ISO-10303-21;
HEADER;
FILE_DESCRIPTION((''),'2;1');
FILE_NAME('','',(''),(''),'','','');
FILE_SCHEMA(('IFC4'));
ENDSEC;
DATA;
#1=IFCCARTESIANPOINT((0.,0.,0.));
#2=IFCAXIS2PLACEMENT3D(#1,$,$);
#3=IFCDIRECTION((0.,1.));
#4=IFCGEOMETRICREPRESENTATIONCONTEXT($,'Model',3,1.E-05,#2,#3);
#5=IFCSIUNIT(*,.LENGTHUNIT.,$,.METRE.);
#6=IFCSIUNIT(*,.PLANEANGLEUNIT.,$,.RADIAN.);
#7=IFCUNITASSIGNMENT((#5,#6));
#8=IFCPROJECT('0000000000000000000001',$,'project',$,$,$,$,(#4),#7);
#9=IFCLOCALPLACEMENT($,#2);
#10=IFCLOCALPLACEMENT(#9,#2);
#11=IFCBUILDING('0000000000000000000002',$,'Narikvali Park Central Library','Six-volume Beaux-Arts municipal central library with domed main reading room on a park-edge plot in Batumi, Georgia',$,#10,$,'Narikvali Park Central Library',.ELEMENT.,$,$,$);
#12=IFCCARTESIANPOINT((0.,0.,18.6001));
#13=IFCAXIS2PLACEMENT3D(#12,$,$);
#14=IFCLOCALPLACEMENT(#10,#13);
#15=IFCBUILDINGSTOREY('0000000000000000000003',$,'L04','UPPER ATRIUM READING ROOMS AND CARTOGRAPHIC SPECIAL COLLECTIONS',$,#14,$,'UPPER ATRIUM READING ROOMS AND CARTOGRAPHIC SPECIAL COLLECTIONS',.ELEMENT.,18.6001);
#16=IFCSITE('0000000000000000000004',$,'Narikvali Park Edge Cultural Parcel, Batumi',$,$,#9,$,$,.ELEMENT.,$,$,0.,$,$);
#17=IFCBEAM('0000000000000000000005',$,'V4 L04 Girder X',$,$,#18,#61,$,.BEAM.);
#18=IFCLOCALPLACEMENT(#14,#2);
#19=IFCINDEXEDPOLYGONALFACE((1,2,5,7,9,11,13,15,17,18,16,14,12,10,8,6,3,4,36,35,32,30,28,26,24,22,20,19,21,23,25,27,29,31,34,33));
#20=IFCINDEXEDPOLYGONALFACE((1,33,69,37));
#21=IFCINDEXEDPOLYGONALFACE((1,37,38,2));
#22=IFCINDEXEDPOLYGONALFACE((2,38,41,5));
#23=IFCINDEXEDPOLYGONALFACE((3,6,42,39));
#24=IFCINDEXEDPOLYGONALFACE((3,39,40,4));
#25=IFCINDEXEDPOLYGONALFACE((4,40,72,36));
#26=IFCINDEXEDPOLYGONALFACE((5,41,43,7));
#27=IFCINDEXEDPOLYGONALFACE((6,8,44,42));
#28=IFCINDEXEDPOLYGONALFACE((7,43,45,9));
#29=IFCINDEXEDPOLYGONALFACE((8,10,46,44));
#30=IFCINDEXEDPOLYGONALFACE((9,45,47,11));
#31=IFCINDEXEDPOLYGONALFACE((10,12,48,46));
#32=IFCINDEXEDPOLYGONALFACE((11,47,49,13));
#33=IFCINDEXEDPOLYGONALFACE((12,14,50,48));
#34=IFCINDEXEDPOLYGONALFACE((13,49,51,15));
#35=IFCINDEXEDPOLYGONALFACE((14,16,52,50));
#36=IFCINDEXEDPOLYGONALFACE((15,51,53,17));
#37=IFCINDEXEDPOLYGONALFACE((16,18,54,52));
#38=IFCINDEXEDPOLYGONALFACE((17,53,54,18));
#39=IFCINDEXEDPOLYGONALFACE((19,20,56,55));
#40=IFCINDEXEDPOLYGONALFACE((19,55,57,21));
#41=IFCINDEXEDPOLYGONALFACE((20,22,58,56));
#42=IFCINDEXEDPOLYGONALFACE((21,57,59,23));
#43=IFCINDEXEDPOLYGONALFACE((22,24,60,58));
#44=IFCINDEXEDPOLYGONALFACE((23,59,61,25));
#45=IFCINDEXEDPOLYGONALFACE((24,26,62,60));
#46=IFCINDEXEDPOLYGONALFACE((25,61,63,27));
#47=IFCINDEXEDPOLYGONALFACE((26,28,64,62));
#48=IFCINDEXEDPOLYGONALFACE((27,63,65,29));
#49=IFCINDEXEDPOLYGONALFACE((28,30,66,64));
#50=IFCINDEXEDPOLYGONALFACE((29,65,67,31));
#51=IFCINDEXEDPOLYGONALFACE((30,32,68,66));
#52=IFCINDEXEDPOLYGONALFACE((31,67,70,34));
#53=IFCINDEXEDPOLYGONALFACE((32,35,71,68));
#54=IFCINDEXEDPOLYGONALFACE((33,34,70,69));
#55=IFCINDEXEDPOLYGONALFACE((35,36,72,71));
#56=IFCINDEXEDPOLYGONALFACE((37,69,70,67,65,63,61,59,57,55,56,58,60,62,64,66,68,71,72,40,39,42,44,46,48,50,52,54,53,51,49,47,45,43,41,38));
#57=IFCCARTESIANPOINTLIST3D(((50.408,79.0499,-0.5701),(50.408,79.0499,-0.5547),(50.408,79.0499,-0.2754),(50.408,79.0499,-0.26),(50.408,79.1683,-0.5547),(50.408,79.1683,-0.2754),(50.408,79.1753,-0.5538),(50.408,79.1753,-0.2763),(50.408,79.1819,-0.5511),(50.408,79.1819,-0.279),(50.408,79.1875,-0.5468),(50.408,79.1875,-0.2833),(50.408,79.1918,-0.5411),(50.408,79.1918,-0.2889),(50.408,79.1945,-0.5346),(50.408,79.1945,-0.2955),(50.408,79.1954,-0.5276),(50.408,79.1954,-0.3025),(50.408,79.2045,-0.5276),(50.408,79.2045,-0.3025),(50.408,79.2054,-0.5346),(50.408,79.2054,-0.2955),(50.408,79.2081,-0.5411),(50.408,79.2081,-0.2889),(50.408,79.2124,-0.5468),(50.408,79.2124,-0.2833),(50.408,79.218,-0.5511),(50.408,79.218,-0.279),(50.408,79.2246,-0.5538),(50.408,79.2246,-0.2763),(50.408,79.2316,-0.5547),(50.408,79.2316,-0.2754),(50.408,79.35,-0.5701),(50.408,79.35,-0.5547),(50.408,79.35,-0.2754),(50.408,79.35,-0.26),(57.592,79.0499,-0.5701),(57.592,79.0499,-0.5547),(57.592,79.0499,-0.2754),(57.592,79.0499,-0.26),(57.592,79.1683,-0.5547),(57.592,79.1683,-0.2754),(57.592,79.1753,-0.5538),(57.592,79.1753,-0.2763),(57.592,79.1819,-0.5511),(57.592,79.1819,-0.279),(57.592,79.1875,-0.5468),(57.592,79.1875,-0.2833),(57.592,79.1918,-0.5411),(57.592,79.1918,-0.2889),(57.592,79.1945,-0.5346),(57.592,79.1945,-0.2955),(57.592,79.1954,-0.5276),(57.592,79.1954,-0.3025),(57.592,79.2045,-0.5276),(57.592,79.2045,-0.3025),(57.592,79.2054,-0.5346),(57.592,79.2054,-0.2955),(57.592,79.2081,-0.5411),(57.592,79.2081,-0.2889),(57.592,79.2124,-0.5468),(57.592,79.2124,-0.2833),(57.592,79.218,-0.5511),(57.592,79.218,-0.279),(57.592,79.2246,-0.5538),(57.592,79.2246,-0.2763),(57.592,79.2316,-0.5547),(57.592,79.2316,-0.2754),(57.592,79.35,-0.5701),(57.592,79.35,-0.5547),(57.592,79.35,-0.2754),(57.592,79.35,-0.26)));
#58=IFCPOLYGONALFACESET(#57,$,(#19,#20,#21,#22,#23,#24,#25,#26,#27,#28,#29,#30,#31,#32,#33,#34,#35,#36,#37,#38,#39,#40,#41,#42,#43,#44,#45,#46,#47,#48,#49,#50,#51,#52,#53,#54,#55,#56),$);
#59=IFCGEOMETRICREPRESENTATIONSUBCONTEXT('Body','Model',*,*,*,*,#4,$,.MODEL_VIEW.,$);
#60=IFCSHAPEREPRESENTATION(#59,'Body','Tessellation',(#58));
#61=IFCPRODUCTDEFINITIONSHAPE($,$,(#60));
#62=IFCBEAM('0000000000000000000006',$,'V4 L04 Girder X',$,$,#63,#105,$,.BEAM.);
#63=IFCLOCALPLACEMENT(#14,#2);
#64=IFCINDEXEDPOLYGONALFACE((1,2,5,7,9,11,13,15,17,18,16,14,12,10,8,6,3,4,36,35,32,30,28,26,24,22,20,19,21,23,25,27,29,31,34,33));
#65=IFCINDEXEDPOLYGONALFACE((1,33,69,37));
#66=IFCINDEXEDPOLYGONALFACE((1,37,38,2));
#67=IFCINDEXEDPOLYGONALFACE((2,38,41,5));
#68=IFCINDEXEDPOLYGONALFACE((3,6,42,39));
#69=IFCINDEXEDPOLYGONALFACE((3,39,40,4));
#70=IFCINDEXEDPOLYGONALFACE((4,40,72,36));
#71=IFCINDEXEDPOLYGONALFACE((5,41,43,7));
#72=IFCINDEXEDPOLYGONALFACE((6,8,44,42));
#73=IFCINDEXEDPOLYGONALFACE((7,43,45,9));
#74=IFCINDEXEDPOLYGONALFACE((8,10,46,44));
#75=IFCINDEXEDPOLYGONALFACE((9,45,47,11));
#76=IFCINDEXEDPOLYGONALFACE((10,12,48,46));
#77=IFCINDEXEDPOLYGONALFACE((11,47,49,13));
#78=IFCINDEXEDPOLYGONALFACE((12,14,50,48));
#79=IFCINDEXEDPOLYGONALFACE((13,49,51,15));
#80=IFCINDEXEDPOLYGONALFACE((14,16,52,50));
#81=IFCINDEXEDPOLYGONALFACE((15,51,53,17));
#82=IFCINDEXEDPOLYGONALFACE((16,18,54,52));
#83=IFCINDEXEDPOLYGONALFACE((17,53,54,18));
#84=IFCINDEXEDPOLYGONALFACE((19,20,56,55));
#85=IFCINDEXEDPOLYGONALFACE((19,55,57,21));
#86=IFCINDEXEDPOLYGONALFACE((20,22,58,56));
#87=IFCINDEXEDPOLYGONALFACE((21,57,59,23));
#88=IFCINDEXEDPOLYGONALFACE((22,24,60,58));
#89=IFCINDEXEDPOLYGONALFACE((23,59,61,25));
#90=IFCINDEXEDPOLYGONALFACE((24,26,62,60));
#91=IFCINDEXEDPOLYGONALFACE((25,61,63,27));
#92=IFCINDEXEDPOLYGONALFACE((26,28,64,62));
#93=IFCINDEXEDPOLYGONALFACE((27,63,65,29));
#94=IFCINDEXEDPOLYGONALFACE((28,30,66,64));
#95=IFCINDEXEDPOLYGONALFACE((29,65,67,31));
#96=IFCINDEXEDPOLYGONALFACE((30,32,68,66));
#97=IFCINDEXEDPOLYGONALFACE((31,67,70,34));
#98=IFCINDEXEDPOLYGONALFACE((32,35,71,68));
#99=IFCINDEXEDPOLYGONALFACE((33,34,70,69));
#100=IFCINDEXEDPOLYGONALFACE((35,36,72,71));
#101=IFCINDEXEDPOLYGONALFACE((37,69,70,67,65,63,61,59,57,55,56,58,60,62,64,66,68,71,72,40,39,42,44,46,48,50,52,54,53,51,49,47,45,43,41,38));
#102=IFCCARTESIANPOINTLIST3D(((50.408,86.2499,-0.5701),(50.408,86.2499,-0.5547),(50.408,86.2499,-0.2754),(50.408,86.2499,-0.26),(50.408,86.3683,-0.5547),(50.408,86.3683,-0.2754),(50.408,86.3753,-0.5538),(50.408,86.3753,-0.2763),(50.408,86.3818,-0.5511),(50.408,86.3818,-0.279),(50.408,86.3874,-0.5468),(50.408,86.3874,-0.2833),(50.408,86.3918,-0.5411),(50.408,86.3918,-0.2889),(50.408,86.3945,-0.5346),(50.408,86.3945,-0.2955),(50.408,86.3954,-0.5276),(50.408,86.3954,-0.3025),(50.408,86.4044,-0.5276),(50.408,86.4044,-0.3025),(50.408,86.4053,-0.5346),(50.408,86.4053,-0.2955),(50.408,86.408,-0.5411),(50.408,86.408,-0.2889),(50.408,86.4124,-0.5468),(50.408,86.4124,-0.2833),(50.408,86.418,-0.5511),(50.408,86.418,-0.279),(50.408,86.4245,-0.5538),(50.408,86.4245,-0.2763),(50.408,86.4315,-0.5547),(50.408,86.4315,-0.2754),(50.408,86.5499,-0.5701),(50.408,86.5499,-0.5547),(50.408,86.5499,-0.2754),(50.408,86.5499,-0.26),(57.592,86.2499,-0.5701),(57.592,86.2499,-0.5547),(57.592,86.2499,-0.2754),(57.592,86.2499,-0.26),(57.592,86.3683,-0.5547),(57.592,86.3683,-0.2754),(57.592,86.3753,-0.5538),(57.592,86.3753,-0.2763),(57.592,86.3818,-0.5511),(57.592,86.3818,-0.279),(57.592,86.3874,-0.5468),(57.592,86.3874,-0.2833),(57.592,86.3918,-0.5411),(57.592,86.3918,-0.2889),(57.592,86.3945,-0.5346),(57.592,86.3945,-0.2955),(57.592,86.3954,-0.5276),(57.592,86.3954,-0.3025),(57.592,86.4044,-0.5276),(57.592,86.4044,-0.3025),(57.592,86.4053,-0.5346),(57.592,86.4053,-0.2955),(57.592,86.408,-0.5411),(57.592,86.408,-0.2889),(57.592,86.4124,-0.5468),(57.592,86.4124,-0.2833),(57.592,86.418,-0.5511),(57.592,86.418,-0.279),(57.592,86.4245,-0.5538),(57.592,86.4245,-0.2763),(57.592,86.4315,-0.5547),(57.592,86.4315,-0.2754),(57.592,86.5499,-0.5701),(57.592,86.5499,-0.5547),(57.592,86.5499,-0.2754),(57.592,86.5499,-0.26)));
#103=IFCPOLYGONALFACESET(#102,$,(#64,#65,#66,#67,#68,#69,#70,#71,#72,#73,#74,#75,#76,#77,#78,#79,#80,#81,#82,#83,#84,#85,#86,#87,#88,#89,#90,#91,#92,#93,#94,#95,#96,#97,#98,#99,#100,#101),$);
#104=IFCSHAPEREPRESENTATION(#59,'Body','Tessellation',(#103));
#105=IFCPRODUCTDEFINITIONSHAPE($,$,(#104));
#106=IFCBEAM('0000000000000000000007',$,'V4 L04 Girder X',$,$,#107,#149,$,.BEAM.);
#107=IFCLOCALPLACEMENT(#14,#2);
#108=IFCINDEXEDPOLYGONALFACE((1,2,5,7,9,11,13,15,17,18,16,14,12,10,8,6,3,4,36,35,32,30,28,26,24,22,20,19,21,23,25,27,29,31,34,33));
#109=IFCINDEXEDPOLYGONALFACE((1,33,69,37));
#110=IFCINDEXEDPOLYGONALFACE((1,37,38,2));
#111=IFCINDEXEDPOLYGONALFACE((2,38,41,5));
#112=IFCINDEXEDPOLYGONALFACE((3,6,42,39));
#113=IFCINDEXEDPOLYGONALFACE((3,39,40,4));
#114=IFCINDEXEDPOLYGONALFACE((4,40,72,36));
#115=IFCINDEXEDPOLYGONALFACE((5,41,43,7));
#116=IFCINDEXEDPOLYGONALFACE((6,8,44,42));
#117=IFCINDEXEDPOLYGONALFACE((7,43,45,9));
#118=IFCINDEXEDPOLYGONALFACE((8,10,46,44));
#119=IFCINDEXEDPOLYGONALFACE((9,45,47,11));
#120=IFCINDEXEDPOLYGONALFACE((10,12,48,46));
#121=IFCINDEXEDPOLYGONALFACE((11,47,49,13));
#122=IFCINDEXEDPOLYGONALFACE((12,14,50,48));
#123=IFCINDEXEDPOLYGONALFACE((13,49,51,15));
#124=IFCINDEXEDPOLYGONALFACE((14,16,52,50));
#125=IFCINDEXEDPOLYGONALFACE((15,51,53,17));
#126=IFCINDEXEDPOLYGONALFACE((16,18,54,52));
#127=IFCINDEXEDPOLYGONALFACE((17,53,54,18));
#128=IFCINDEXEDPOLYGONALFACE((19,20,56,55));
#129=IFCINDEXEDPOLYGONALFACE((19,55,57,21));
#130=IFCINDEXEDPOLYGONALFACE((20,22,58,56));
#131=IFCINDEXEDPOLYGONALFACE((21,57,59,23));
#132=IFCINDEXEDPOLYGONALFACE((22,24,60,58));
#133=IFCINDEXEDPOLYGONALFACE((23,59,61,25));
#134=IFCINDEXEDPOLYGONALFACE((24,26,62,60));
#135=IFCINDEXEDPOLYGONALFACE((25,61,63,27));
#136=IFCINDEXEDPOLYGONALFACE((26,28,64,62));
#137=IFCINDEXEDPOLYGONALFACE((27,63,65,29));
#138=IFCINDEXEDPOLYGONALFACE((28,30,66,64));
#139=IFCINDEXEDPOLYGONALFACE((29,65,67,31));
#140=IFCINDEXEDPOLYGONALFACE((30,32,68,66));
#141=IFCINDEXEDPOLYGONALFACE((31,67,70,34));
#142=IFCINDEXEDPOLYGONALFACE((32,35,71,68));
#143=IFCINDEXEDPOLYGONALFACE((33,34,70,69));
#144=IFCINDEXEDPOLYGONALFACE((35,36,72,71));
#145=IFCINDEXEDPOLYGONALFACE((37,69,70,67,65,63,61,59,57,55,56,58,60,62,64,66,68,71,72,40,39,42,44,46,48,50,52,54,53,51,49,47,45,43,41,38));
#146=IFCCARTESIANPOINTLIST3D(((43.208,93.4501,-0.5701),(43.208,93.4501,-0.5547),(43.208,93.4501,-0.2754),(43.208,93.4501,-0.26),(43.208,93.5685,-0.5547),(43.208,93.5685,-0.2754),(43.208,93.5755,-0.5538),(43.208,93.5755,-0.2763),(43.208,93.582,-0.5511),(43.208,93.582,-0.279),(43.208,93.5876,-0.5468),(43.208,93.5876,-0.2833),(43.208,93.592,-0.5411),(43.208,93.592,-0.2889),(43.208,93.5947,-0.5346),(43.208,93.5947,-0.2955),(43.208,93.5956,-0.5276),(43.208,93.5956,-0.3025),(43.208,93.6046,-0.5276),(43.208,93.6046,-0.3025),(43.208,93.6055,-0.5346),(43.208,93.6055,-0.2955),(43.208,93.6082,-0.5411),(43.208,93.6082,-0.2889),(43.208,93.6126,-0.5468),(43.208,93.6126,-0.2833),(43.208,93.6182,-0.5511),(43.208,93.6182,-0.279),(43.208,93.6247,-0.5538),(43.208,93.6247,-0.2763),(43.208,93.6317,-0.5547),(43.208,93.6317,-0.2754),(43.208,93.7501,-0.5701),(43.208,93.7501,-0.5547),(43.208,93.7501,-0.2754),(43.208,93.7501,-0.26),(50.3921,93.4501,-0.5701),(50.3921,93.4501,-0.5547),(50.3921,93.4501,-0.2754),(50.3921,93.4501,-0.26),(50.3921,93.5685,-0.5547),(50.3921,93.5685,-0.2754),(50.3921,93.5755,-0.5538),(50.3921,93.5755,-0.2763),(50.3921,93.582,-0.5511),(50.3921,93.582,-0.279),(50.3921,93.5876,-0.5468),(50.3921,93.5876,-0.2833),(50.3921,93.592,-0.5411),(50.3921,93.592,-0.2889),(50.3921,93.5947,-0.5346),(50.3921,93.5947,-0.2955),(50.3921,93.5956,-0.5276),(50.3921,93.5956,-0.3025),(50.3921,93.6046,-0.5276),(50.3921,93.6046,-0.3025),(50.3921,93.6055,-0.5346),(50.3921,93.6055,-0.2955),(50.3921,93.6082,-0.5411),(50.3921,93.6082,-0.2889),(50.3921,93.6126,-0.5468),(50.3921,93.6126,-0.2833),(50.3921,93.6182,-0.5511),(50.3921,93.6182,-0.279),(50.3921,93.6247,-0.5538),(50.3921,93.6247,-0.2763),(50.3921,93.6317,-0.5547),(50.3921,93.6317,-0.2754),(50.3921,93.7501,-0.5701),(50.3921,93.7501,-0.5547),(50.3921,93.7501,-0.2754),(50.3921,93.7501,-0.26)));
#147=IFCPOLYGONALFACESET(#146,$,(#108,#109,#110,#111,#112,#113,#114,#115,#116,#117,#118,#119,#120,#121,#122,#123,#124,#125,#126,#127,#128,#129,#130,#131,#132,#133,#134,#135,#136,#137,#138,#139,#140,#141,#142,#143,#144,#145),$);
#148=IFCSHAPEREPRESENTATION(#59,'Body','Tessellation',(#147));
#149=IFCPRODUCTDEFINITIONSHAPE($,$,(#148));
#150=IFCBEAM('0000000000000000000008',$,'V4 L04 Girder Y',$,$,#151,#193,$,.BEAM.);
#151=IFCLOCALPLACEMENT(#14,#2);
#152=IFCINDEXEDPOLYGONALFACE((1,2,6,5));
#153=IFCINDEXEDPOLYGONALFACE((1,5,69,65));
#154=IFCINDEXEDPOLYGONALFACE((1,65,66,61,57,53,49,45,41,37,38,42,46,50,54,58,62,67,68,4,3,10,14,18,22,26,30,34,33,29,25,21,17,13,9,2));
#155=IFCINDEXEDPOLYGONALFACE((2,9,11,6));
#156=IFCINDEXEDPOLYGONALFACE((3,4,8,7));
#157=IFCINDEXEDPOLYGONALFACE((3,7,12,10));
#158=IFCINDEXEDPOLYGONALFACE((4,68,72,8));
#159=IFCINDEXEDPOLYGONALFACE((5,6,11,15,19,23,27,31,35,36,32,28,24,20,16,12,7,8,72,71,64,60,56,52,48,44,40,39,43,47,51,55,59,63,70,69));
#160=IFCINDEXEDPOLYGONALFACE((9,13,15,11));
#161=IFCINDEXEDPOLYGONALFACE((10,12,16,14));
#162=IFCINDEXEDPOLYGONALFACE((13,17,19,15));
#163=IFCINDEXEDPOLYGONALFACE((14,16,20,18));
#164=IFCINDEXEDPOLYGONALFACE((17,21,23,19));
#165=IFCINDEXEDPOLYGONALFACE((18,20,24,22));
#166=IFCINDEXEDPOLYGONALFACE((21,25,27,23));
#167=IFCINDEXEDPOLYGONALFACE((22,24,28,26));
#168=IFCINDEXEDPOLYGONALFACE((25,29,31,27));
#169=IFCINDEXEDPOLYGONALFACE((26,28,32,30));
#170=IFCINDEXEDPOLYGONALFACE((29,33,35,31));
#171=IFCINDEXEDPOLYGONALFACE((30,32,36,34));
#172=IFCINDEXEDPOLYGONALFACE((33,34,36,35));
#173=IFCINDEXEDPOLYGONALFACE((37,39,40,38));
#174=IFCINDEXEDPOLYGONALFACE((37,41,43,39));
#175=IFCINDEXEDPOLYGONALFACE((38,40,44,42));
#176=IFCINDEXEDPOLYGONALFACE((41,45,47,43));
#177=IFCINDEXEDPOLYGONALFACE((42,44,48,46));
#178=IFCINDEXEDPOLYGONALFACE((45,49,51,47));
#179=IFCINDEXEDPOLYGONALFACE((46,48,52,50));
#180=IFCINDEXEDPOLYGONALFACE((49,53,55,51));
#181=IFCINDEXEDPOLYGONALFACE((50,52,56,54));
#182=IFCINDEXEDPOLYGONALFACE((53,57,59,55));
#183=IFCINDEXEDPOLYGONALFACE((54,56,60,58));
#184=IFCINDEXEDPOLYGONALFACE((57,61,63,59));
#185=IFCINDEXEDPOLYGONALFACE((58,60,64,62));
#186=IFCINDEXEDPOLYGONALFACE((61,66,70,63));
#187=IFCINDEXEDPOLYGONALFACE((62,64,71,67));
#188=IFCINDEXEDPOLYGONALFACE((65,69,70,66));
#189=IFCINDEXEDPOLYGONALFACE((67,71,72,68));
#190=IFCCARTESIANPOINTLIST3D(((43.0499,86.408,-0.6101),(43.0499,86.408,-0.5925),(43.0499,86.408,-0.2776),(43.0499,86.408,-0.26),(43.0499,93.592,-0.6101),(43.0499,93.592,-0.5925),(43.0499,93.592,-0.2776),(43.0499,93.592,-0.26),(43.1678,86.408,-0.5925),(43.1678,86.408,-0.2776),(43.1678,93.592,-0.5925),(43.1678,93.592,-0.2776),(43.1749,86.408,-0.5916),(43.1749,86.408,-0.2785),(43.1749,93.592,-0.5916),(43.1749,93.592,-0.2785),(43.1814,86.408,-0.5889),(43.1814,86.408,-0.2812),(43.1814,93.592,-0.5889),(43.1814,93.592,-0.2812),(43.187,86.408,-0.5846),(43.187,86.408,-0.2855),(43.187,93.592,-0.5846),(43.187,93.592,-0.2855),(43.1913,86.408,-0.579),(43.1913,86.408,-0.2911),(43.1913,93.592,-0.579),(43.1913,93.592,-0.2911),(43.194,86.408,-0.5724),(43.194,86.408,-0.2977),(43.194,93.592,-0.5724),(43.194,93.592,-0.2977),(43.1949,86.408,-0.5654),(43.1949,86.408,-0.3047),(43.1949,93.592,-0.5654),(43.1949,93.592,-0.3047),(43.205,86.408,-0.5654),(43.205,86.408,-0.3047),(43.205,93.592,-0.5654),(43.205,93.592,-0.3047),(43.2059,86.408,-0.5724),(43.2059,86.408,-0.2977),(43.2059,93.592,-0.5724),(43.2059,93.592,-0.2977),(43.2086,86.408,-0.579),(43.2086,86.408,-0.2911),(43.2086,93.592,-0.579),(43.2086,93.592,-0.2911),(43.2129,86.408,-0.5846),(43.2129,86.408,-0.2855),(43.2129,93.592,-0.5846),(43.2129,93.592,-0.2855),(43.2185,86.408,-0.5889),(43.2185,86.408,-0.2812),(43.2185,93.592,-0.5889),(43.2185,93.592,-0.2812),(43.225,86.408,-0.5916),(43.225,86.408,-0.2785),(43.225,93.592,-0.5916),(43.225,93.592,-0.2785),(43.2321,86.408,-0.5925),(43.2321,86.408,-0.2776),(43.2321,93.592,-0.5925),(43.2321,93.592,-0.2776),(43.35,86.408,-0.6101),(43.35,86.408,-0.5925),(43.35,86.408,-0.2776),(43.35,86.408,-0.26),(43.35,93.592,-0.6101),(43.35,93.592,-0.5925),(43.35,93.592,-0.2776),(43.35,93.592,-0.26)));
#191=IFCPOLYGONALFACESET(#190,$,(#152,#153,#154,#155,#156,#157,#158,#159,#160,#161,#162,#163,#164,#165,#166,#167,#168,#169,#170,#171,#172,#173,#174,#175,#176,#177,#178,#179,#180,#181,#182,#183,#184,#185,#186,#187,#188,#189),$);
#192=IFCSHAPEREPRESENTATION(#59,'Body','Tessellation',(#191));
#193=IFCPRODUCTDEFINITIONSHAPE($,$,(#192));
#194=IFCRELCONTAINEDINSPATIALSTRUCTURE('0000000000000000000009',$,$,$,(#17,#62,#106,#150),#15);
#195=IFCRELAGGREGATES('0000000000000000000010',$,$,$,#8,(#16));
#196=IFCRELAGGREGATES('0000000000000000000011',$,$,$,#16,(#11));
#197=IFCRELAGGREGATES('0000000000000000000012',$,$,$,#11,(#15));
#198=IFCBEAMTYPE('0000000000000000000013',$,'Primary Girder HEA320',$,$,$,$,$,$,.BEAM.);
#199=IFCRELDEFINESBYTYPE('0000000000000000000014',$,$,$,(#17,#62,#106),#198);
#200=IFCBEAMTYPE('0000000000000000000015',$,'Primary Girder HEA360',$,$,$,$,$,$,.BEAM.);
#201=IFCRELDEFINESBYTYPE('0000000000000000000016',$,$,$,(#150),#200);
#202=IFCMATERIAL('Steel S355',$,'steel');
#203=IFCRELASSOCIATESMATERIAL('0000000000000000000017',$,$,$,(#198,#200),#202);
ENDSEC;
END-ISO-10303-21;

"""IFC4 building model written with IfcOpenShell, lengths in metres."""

from ifc_helpers import new_model, si_unit, direction, frame, origin, origin_2d, place, context, subcontext, project, spatial, i_section, extrude, material, material_profile, profile_set, type_object, element, save


model = new_model("IFC4")

# Units and contexts
model_context = context("Model", 3, precision=1e-05, world=origin(), true_north=direction((0.0, 1.0)))
body_context = subcontext(model_context, "Body", "Model", "MODEL_VIEW")
ifc_project = project(units=[si_unit("LENGTHUNIT", "METRE"), si_unit("PLANEANGLEUNIT", "RADIAN")], contexts=[model_context])

# Site, building, storey
site_placement = place(None, origin())
site = spatial("IfcSite", under=ifc_project, at=site_placement, Name="Narikvali Park Edge Cultural Parcel, Batumi", CompositionType="ELEMENT", RefElevation=0.0)
building_placement = place(site_placement, origin())
building = spatial("IfcBuilding", under=site, at=building_placement, Name="Narikvali Park Central Library", Description="Six-volume Beaux-Arts municipal central library with domed main reading room on a park-edge plot in Batumi, Georgia", LongName="Narikvali Park Central Library", CompositionType="ELEMENT")
storey_placement = place(building_placement, frame((0.0, 0.0, 18.6001)))
storey = spatial("IfcBuildingStorey", under=building, at=storey_placement, Name="L04", Description="UPPER ATRIUM READING ROOMS AND CARTOGRAPHIC SPECIAL COLLECTIONS", LongName="UPPER ATRIUM READING ROOMS AND CARTOGRAPHIC SPECIAL COLLECTIONS", CompositionType="ELEMENT", Elevation=18.6001)

# Shared definitions
ifc_material_1 = material(Name="Steel S355", Category="steel")

# Beams
ifc_material_profile_1 = material_profile(ifc_material_1, i_section(OverallWidth=0.3, OverallDepth=0.3101, WebThickness=0.009, FlangeThickness=0.0154, FilletRadius=0.0271, at=origin_2d()), Name="HEA 320")
ifc_profile_set_1 = profile_set([ifc_material_profile_1], Name="Steel S355")
beam_type_1 = type_object("IfcBeamType", Name="Primary Girder HEA320", PredefinedType="BEAM", material=ifc_profile_set_1)
for number, where, z_axis, x_axis, name in (
    (1, (50.408, 79.2, -0.415), (1.0, 0.0, 0.0), (0.0, 1.0, 0.0), "V4 L04 Girder X"),
    (2, (50.408, 86.3999, -0.415), (1.0, 0.0, 0.0), (0.0, 1.0, 0.0), "V4 L04 Girder X"),
    (3, (43.208, 93.6001, -0.415), (1.0, 0.0, 0.0), (0.0, 1.0, 0.0), "V4 L04 Girder X"),
):
    element("IfcBeam", number, at=place(storey_placement, frame(where, z_axis=z_axis, x_axis=x_axis)), inside=storey, type_object=beam_type_1, Name=name, PredefinedType="BEAM", context=body_context, shape_type="SweptSolid", body=[
        extrude(i_section(OverallWidth=0.3, OverallDepth=0.3101, WebThickness=0.009, FlangeThickness=0.0154, FilletRadius=0.0271, at=origin_2d()), origin(), (0.0, 0.0, 1.0), 7.1841),
    ])
ifc_material_profile_2 = material_profile(ifc_material_1, i_section(OverallWidth=0.3, OverallDepth=0.3501, WebThickness=0.01, FlangeThickness=0.0176, FilletRadius=0.0271, at=origin_2d()), Name="HEA 360")
ifc_profile_set_2 = profile_set([ifc_material_profile_2], Name="Steel S355")
beam_type_2 = type_object("IfcBeamType", Name="Primary Girder HEA360", PredefinedType="BEAM", material=ifc_profile_set_2)
for number, where, z_axis, x_axis, name in (
    (4, (43.2, 86.408, -0.4351), (0.0, 1.0, 0.0), (-1.0, 0.0, 0.0), "V4 L04 Girder Y"),
):
    element("IfcBeam", number, at=place(storey_placement, frame(where, z_axis=z_axis, x_axis=x_axis)), inside=storey, type_object=beam_type_2, Name=name, PredefinedType="BEAM", context=body_context, shape_type="SweptSolid", body=[
        extrude(i_section(OverallWidth=0.3, OverallDepth=0.3501, WebThickness=0.01, FlangeThickness=0.0176, FilletRadius=0.0271, at=origin_2d()), origin(), (0.0, 0.0, 1.0), 7.1841),
    ])

save(model, "model.ifc")
